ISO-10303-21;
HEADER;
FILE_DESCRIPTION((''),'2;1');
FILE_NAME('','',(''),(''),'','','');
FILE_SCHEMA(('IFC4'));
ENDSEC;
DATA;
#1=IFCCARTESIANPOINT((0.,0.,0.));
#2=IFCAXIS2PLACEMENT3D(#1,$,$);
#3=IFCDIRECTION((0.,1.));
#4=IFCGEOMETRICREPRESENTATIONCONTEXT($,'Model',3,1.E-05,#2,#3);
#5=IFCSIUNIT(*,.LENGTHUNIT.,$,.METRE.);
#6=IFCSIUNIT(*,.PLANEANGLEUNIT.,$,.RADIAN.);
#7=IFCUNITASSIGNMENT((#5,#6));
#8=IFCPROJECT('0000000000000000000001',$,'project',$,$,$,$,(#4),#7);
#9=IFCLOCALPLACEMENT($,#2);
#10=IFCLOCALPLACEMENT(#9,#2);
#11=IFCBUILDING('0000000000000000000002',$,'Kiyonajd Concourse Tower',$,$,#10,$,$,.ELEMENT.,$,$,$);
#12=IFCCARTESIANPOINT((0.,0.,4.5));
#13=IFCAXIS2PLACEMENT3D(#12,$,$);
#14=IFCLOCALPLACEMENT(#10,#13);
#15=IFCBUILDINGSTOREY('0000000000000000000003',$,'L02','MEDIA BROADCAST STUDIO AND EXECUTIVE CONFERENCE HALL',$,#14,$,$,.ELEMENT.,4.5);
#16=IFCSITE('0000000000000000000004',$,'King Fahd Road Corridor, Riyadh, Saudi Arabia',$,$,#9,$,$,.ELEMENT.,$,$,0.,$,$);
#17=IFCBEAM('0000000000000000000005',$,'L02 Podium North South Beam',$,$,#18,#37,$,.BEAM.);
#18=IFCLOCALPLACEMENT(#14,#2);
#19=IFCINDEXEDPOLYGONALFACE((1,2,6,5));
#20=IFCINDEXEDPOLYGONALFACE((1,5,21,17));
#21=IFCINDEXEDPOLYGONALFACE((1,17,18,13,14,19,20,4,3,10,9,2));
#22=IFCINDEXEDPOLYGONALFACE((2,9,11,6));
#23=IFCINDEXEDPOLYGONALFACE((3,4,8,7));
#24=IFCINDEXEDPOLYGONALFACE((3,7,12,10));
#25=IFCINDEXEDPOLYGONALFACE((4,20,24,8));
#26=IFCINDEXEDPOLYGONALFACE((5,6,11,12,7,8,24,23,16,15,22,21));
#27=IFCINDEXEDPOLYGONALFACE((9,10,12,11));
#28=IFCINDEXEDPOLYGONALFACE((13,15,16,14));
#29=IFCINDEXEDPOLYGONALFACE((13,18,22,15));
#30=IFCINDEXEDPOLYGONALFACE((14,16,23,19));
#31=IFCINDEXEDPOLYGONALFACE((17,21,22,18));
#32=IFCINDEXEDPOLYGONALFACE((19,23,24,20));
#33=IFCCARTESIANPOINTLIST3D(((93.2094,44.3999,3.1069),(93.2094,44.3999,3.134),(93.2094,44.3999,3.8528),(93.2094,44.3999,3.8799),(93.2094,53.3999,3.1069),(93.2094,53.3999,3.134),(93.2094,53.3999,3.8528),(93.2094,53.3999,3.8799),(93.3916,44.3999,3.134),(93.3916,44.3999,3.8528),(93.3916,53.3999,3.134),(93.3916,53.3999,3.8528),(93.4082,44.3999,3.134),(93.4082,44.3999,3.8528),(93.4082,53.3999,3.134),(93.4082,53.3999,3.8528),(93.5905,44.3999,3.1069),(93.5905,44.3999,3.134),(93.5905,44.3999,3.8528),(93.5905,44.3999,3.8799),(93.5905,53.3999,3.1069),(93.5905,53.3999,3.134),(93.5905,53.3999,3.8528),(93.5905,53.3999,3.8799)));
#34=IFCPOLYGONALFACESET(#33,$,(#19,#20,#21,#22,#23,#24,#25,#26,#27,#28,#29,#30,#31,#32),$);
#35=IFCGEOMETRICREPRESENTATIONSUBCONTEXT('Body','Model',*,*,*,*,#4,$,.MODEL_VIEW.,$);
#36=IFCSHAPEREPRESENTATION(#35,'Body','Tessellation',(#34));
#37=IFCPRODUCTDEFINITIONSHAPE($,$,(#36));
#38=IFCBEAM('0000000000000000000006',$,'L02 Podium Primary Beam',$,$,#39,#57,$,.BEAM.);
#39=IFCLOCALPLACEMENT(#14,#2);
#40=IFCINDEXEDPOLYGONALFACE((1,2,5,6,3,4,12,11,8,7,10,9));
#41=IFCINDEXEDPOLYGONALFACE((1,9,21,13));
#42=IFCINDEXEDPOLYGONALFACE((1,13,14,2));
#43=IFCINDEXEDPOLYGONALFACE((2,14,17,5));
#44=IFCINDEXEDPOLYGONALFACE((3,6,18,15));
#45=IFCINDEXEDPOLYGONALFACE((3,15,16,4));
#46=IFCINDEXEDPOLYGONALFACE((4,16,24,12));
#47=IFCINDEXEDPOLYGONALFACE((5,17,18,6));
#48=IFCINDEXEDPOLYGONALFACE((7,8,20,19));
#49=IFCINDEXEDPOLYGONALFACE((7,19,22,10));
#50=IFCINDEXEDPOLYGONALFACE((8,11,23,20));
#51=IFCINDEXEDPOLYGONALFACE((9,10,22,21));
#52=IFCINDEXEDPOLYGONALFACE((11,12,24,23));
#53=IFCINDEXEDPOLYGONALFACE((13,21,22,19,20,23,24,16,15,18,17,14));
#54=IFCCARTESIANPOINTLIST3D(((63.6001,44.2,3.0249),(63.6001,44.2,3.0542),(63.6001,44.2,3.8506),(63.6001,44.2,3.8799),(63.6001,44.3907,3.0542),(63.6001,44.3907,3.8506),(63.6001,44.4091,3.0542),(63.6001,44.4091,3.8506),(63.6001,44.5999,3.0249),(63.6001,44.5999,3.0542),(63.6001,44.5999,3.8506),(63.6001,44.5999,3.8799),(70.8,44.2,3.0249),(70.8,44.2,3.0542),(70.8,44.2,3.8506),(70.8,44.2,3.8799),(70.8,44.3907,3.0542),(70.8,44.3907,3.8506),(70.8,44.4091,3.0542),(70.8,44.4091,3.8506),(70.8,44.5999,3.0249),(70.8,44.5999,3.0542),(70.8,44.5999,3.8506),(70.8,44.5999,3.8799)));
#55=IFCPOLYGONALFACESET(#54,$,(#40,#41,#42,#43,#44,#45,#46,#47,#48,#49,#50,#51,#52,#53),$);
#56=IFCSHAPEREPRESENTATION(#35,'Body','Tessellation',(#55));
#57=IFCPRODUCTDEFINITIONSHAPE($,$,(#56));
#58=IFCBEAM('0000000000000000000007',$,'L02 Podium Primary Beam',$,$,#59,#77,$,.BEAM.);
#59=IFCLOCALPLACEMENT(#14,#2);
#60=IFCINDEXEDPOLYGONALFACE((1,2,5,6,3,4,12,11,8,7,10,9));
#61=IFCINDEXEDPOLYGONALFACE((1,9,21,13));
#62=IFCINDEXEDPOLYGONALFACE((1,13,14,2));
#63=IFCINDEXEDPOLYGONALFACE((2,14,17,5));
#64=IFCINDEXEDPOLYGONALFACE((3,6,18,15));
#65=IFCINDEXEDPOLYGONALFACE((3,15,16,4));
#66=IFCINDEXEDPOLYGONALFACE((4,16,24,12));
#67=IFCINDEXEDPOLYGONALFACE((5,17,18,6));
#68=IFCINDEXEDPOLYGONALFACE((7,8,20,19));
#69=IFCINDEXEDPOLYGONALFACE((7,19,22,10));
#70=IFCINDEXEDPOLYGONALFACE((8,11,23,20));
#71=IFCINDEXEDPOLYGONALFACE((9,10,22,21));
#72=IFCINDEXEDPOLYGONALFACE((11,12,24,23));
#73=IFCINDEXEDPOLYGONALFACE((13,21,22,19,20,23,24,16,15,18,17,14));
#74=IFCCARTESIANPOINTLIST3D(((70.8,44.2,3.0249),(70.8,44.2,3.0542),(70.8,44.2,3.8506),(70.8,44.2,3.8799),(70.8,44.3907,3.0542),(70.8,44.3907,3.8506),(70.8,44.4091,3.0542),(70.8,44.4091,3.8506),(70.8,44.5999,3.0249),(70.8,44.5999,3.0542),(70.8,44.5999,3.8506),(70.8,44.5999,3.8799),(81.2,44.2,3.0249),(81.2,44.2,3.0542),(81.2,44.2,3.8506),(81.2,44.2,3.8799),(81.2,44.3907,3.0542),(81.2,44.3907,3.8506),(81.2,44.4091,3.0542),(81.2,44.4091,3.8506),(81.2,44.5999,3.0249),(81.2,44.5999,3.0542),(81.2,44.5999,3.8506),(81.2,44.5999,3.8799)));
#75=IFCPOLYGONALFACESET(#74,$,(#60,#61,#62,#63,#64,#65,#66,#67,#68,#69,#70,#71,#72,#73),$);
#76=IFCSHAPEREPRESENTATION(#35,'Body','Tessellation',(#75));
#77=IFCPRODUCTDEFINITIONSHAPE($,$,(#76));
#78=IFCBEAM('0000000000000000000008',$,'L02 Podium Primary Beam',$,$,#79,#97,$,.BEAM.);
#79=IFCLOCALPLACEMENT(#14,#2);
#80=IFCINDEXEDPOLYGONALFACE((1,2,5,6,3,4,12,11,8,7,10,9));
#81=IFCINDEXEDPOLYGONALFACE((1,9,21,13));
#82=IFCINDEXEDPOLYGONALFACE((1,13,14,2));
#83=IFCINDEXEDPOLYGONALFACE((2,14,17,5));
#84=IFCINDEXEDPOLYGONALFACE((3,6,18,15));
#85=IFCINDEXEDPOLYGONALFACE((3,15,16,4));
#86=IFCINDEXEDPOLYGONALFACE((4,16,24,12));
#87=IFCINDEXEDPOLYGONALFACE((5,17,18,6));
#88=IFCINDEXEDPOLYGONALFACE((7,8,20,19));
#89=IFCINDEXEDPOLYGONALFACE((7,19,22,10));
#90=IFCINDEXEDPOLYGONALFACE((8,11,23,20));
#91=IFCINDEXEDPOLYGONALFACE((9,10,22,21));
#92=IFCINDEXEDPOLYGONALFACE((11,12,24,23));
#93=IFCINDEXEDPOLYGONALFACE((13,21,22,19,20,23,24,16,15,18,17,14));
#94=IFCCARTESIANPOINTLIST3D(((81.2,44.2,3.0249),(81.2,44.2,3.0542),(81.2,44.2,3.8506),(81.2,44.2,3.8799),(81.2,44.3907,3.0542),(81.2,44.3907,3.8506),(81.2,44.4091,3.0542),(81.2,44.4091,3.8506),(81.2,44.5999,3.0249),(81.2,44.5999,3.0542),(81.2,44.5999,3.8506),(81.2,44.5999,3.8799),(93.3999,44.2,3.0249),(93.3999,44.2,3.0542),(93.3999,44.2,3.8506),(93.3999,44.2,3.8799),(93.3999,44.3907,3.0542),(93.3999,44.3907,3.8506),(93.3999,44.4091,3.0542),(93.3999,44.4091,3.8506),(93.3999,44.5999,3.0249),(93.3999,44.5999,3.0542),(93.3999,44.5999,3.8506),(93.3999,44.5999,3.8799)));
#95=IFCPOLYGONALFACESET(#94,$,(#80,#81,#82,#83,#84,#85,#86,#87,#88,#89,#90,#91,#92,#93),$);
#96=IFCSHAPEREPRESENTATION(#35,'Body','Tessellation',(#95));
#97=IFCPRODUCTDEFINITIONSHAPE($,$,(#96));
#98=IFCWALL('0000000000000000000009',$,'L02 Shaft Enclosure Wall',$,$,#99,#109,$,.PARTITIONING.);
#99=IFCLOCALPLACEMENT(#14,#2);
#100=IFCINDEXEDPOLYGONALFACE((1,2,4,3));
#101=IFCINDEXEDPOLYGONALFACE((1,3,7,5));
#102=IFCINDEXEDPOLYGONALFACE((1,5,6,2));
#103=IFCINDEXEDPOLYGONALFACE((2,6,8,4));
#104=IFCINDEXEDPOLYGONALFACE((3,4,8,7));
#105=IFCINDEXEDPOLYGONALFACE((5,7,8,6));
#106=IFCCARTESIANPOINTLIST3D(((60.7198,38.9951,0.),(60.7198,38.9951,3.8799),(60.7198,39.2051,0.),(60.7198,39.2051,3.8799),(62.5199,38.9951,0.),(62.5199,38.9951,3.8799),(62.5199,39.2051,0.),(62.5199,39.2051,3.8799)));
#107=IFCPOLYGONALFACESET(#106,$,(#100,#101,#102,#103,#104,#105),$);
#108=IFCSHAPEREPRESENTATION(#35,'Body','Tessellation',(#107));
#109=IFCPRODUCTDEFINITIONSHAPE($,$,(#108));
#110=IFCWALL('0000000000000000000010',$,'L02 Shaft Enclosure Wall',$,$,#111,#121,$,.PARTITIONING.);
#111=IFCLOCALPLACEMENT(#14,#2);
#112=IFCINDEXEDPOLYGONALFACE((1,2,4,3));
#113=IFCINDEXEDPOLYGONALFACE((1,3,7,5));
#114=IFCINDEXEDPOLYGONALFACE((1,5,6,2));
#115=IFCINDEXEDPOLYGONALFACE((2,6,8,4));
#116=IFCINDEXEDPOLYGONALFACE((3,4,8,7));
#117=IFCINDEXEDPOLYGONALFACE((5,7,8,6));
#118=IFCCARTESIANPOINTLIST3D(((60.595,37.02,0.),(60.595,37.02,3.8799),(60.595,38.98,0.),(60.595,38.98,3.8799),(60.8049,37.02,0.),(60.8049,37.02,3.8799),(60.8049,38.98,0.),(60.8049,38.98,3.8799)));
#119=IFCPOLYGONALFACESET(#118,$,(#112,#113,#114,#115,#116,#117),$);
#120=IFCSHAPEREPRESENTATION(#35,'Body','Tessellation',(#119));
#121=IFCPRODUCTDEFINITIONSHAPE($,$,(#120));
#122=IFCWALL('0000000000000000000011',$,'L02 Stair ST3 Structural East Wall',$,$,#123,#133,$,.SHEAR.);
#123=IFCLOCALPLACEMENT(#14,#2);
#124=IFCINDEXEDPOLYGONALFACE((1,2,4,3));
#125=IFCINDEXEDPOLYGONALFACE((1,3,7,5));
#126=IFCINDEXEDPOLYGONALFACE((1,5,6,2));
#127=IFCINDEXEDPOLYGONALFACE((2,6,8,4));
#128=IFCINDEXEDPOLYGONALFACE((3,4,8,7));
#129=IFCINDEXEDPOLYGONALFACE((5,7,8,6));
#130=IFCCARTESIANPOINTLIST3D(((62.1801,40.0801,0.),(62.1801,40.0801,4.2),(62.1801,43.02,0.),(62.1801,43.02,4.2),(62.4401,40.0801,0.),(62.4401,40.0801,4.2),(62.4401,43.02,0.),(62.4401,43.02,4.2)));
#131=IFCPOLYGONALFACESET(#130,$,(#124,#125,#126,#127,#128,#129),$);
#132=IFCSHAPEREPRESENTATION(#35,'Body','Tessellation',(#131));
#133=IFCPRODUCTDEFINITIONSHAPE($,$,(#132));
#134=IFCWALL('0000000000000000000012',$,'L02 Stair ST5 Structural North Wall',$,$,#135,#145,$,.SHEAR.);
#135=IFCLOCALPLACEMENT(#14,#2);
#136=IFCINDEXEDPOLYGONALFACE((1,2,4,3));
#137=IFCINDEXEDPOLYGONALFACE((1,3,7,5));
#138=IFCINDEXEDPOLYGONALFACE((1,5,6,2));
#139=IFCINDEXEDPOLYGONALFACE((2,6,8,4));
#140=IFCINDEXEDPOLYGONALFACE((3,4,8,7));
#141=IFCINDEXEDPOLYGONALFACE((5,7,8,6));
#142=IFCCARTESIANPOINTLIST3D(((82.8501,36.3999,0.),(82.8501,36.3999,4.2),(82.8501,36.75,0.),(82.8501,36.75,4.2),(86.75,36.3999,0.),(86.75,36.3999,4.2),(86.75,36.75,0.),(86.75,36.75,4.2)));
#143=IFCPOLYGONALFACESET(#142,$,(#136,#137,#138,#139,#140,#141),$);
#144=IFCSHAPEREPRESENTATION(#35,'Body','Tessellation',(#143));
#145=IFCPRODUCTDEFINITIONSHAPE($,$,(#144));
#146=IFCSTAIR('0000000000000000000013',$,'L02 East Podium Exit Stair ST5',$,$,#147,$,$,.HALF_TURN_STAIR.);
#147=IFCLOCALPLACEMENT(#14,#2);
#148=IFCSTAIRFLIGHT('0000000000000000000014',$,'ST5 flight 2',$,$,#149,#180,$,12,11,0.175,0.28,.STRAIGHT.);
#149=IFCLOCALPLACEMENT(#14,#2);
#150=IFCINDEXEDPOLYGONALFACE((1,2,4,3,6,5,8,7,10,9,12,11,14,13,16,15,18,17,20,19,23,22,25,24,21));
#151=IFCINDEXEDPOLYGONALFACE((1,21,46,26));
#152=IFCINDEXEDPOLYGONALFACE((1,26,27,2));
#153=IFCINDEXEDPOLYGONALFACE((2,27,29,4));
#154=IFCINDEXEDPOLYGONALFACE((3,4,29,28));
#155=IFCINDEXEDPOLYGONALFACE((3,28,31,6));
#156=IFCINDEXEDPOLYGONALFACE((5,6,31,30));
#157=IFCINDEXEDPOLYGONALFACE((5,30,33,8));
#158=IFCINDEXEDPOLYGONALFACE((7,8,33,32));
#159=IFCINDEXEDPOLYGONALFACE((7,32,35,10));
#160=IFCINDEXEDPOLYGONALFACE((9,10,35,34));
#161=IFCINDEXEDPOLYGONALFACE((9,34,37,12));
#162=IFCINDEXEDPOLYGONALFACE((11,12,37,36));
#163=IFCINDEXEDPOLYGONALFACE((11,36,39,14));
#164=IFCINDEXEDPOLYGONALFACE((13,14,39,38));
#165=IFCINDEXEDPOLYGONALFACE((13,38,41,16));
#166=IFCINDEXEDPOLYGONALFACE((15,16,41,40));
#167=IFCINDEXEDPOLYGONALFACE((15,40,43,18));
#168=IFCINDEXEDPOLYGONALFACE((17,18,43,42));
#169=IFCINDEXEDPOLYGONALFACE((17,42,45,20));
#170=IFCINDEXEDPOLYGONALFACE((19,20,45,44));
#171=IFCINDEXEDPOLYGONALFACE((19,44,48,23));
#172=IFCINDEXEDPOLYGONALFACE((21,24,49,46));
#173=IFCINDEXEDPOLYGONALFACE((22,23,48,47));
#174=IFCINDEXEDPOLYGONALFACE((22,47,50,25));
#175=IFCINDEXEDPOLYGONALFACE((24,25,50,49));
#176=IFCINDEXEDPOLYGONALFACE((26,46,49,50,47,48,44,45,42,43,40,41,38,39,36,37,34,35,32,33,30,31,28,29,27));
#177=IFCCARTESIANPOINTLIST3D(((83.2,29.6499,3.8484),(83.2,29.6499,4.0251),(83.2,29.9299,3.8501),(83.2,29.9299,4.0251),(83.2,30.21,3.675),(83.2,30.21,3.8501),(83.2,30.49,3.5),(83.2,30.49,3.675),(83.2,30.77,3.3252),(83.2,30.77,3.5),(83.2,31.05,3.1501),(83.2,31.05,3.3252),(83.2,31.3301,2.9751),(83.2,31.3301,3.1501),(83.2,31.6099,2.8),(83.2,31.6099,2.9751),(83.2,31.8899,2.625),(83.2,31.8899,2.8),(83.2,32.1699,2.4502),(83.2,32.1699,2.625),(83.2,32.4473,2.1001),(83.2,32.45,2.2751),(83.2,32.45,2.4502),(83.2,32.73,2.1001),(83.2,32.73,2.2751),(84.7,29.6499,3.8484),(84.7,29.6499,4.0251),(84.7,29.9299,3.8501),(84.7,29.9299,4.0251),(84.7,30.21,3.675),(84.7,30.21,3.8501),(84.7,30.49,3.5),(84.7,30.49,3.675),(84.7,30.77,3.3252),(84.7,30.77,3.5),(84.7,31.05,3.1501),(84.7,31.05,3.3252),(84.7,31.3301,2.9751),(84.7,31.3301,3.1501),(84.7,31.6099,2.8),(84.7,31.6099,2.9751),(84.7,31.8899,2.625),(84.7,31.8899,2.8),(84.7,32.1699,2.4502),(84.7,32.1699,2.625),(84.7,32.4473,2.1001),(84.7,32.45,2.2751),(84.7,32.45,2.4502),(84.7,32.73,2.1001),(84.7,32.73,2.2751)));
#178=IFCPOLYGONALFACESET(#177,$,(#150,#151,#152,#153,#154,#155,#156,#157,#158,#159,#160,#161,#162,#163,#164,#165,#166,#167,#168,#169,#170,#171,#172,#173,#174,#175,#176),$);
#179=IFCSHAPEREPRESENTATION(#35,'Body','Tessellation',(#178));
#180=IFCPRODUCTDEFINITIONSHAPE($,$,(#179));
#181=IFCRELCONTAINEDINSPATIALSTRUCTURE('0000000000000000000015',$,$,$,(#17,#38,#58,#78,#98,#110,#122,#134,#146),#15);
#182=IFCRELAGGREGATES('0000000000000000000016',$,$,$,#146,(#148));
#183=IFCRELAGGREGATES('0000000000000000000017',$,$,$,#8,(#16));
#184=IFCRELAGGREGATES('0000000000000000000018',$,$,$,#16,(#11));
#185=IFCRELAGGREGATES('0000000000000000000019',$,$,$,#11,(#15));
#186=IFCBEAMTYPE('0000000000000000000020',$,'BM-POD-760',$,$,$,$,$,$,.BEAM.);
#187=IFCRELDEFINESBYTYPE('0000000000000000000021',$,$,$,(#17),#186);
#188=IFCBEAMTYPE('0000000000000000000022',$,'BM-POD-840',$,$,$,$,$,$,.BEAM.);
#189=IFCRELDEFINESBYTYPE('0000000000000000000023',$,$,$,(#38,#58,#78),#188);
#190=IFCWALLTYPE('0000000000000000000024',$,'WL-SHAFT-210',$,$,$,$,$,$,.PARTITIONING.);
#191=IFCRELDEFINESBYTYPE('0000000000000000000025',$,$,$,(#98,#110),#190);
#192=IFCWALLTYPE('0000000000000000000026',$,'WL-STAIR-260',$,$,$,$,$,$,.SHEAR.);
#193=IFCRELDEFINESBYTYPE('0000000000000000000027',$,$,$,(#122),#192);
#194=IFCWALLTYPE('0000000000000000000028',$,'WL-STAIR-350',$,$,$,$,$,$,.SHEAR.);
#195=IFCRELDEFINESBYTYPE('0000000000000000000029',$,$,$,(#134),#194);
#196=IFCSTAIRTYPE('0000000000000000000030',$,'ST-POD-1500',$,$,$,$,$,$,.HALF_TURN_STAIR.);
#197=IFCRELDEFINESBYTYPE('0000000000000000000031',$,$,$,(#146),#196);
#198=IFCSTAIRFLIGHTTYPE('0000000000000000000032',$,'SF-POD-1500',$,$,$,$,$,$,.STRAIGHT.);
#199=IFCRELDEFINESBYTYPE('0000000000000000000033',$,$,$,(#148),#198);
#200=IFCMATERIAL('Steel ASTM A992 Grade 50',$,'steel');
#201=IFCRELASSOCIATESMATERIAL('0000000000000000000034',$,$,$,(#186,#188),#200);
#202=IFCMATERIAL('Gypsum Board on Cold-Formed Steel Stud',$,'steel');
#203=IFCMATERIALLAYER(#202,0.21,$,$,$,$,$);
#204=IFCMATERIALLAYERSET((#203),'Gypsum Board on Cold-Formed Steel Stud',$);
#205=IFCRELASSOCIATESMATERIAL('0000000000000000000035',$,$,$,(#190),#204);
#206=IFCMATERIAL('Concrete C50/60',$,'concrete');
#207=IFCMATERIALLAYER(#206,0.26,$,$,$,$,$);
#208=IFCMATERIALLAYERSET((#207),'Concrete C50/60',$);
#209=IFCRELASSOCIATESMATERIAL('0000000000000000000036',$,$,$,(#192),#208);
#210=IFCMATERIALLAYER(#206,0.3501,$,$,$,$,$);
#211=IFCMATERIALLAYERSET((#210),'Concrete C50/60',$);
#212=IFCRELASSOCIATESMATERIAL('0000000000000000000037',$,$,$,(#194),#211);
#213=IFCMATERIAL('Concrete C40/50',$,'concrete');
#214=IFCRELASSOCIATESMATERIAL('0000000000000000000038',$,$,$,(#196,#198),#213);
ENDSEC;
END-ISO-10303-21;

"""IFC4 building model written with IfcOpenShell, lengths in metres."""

from ifc_helpers import new_model, si_unit, direction, frame, frame_2d, origin, origin_2d, place, context, subcontext, project, spatial, polyline, rectangle, i_section, outline, extrude, material, layer, layer_set, material_profile, profile_set, type_object, element, aggregate, save


model = new_model("IFC4")

# Units and contexts
model_context = context("Model", 3, precision=1e-05, world=origin(), true_north=direction((0.0, 1.0)))
body_context = subcontext(model_context, "Body", "Model", "MODEL_VIEW")
ifc_project = project(units=[si_unit("LENGTHUNIT", "METRE"), si_unit("PLANEANGLEUNIT", "RADIAN")], contexts=[model_context])

# Site, building, storey
site_placement = place(None, origin())
site = spatial("IfcSite", under=ifc_project, at=site_placement, Name="King Fahd Road Corridor, Riyadh, Saudi Arabia", CompositionType="ELEMENT", RefElevation=0.0)
building_placement = place(site_placement, origin())
building = spatial("IfcBuilding", under=site, at=building_placement, Name="Kiyonajd Concourse Tower", CompositionType="ELEMENT")
storey_placement = place(building_placement, frame((0.0, 0.0, 4.5)))
storey = spatial("IfcBuildingStorey", under=building, at=storey_placement, Name="L02", Description="MEDIA BROADCAST STUDIO AND EXECUTIVE CONFERENCE HALL", CompositionType="ELEMENT", Elevation=4.5)

# Beams
ifc_material_1 = material(Name="Steel ASTM A992 Grade 50", Category="steel")
ifc_material_profile_1 = material_profile(ifc_material_1, i_section(OverallWidth=0.3811, OverallDepth=0.7729, WebThickness=0.0166, FlangeThickness=0.0271, at=origin_2d()), Name="W760X257")
ifc_profile_set_1 = profile_set([ifc_material_profile_1], Name="Steel ASTM A992 Grade 50")
beam_type_1 = type_object("IfcBeamType", Name="BM-POD-760", PredefinedType="BEAM", material=ifc_profile_set_1)
for number, where, z_axis, x_axis, name in (
    (1, (93.3999, 44.3999, 3.4934), (0.0, 1.0, 0.0), (-1.0, 0.0, 0.0), "L02 Podium North South Beam"),
):
    element("IfcBeam", number, at=place(storey_placement, frame(where, z_axis=z_axis, x_axis=x_axis)), inside=storey, type_object=beam_type_1, Name=name, PredefinedType="BEAM", context=body_context, shape_type="SweptSolid", body=[
        extrude(i_section(OverallWidth=0.3811, OverallDepth=0.7729, WebThickness=0.0166, FlangeThickness=0.0271, at=origin_2d()), origin(), (0.0, 0.0, 1.0), 9.0),
    ])
ifc_material_profile_2 = material_profile(ifc_material_1, i_section(OverallWidth=0.3999, OverallDepth=0.855, WebThickness=0.0183, FlangeThickness=0.0293, at=origin_2d()), Name="W840X299")
ifc_profile_set_2 = profile_set([ifc_material_profile_2], Name="Steel ASTM A992 Grade 50")
beam_type_2 = type_object("IfcBeamType", Name="BM-POD-840", PredefinedType="BEAM", material=ifc_profile_set_2)
beam_1_placement = place(storey_placement, frame((63.6001, 44.3999, 3.4524), z_axis=(1.0, 0.0, 0.0), x_axis=(0.0, 1.0, 0.0)))
element("IfcBeam", 2, at=beam_1_placement, inside=storey, type_object=beam_type_2, Name="L02 Podium Primary Beam", PredefinedType="BEAM", context=body_context, shape_type="SweptSolid", body=[
    extrude(i_section(OverallWidth=0.3999, OverallDepth=0.855, WebThickness=0.0183, FlangeThickness=0.0293, at=origin_2d()), origin(), (0.0, 0.0, 1.0), 7.2),
])
beam_2_placement = place(storey_placement, frame((70.8, 44.3999, 3.4524), z_axis=(1.0, 0.0, 0.0), x_axis=(0.0, 1.0, 0.0)))
element("IfcBeam", 3, at=beam_2_placement, inside=storey, type_object=beam_type_2, Name="L02 Podium Primary Beam", PredefinedType="BEAM", context=body_context, shape_type="SweptSolid", body=[
    extrude(i_section(OverallWidth=0.3999, OverallDepth=0.855, WebThickness=0.0183, FlangeThickness=0.0293, at=origin_2d()), origin(), (0.0, 0.0, 1.0), 10.3999),
])
beam_3_placement = place(storey_placement, frame((81.2, 44.3999, 3.4524), z_axis=(1.0, 0.0, 0.0), x_axis=(0.0, 1.0, 0.0)))
element("IfcBeam", 4, at=beam_3_placement, inside=storey, type_object=beam_type_2, Name="L02 Podium Primary Beam", PredefinedType="BEAM", context=body_context, shape_type="SweptSolid", body=[
    extrude(i_section(OverallWidth=0.3999, OverallDepth=0.855, WebThickness=0.0183, FlangeThickness=0.0293, at=origin_2d()), origin(), (0.0, 0.0, 1.0), 12.2),
])

# Walls
ifc_material_2 = material(Name="Gypsum Board on Cold-Formed Steel Stud", Category="steel")
ifc_layer_1 = layer(ifc_material_2, 0.21)
ifc_layer_set_1 = layer_set([ifc_layer_1], Name="Gypsum Board on Cold-Formed Steel Stud")
wall_type_1 = type_object("IfcWallType", Name="WL-SHAFT-210", PredefinedType="PARTITIONING", material=ifc_layer_set_1)
wall_1_placement = place(storey_placement, frame((60.72, 39.1001, 0.0), z_axis=(0.0, 0.0, 1.0), x_axis=(1.0, 0.0, 0.0)))
element("IfcWall", 5, at=wall_1_placement, inside=storey, type_object=wall_type_1, Name="L02 Shaft Enclosure Wall", PredefinedType="PARTITIONING", context=body_context, shape_type="SweptSolid", body=[
    extrude(rectangle(XDim=1.8, YDim=0.21, at=frame_2d((0.8999, 0.0))), origin(), (0.0, 0.0, 1.0), 3.8799),
])
wall_2_placement = place(storey_placement, frame((60.7, 37.02, 0.0), z_axis=(0.0, 0.0, 1.0), x_axis=(0.0, 1.0, 0.0)))
element("IfcWall", 6, at=wall_2_placement, inside=storey, type_object=wall_type_1, Name="L02 Shaft Enclosure Wall", PredefinedType="PARTITIONING", context=body_context, shape_type="SweptSolid", body=[
    extrude(rectangle(XDim=1.96, YDim=0.21, at=frame_2d((0.98, 0.0))), origin(), (0.0, 0.0, 1.0), 3.8799),
])
ifc_material_3 = material(Name="Concrete C50/60", Category="concrete")
ifc_layer_2 = layer(ifc_material_3, 0.26)
ifc_layer_set_2 = layer_set([ifc_layer_2], Name="Concrete C50/60")
wall_type_2 = type_object("IfcWallType", Name="WL-STAIR-260", PredefinedType="SHEAR", material=ifc_layer_set_2)
wall_3_placement = place(storey_placement, frame((62.3101, 40.0801, 0.0), z_axis=(0.0, 0.0, 1.0), x_axis=(0.0, 1.0, 0.0)))
element("IfcWall", 7, at=wall_3_placement, inside=storey, type_object=wall_type_2, Name="L02 Stair ST3 Structural East Wall", PredefinedType="SHEAR", context=body_context, shape_type="SweptSolid", body=[
    extrude(rectangle(XDim=2.9399, YDim=0.26, at=frame_2d((1.47, 0.0))), origin(), (0.0, 0.0, 1.0), 4.2),
])
ifc_layer_3 = layer(ifc_material_3, 0.3501)
ifc_layer_set_3 = layer_set([ifc_layer_3], Name="Concrete C50/60")
wall_type_3 = type_object("IfcWallType", Name="WL-STAIR-350", PredefinedType="SHEAR", material=ifc_layer_set_3)
wall_4_placement = place(storey_placement, frame((82.8501, 36.575, 0.0), z_axis=(0.0, 0.0, 1.0), x_axis=(1.0, 0.0, 0.0)))
element("IfcWall", 8, at=wall_4_placement, inside=storey, type_object=wall_type_3, Name="L02 Stair ST5 Structural North Wall", PredefinedType="SHEAR", context=body_context, shape_type="SweptSolid", body=[
    extrude(rectangle(XDim=3.8999, YDim=0.3501, at=frame_2d((1.95, 0.0))), origin(), (0.0, 0.0, 1.0), 4.2),
])

# Stair, stair flight
ifc_material_4 = material(Name="Concrete C40/50", Category="concrete")
stair_type = type_object("IfcStairType", Name="ST-POD-1500", PredefinedType="HALF_TURN_STAIR", material=ifc_material_4)
stair_placement = place(storey_placement, origin())
stair = element("IfcStair", 9, at=stair_placement, inside=storey, type_object=stair_type, Name="L02 East Podium Exit Stair ST5", PredefinedType="HALF_TURN_STAIR")
stair_flight_type = type_object("IfcStairFlightType", Name="SF-POD-1500", PredefinedType="STRAIGHT", material=ifc_material_4)
stair_flight_placement = place(storey_placement, frame((83.95, 32.73, 2.1001), z_axis=(0.0, 0.0, 1.0), x_axis=(0.0, -1.0, 0.0)))
stair_flight = element("IfcStairFlight", 10, at=stair_flight_placement, type_object=stair_flight_type, Name="ST5 flight 2", NumberOfRisers=12, NumberOfTreads=11, PredefinedType="STRAIGHT", RiserHeight=0.175, TreadLength=0.28, context=body_context, shape_type="SweptSolid", body=[
    extrude(outline(polyline([(0.0, 0.0), (0.0, 0.175), (0.28, 0.175), (0.28, 0.3501), (0.5601, 0.3501), (0.5601, 0.5249), (0.8401, 0.5249), (0.8401, 0.7), (1.1201, 0.7), (1.1201, 0.875), (1.3999, 0.875), (1.3999, 1.05), (1.6799, 1.05), (1.6799, 1.2251), (1.96, 1.2251), (1.96, 1.3999), (2.24, 1.3999), (2.24, 1.575), (2.52, 1.575), (2.52, 1.75), (2.8, 1.75), (2.8, 1.925), (3.0801, 1.925), (3.0801, 2.1001), (3.0801, 1.7483), (0.2827, 0.0), (0.0, 0.0)])), frame((0.0, 0.75, 0.0), z_axis=(0.0, -1.0, 0.0), x_axis=(1.0, 0.0, 0.0)), (0.0, 0.0, 1.0), 1.5),
])
aggregate(stair, [stair_flight])

save(model, "model.ifc")
